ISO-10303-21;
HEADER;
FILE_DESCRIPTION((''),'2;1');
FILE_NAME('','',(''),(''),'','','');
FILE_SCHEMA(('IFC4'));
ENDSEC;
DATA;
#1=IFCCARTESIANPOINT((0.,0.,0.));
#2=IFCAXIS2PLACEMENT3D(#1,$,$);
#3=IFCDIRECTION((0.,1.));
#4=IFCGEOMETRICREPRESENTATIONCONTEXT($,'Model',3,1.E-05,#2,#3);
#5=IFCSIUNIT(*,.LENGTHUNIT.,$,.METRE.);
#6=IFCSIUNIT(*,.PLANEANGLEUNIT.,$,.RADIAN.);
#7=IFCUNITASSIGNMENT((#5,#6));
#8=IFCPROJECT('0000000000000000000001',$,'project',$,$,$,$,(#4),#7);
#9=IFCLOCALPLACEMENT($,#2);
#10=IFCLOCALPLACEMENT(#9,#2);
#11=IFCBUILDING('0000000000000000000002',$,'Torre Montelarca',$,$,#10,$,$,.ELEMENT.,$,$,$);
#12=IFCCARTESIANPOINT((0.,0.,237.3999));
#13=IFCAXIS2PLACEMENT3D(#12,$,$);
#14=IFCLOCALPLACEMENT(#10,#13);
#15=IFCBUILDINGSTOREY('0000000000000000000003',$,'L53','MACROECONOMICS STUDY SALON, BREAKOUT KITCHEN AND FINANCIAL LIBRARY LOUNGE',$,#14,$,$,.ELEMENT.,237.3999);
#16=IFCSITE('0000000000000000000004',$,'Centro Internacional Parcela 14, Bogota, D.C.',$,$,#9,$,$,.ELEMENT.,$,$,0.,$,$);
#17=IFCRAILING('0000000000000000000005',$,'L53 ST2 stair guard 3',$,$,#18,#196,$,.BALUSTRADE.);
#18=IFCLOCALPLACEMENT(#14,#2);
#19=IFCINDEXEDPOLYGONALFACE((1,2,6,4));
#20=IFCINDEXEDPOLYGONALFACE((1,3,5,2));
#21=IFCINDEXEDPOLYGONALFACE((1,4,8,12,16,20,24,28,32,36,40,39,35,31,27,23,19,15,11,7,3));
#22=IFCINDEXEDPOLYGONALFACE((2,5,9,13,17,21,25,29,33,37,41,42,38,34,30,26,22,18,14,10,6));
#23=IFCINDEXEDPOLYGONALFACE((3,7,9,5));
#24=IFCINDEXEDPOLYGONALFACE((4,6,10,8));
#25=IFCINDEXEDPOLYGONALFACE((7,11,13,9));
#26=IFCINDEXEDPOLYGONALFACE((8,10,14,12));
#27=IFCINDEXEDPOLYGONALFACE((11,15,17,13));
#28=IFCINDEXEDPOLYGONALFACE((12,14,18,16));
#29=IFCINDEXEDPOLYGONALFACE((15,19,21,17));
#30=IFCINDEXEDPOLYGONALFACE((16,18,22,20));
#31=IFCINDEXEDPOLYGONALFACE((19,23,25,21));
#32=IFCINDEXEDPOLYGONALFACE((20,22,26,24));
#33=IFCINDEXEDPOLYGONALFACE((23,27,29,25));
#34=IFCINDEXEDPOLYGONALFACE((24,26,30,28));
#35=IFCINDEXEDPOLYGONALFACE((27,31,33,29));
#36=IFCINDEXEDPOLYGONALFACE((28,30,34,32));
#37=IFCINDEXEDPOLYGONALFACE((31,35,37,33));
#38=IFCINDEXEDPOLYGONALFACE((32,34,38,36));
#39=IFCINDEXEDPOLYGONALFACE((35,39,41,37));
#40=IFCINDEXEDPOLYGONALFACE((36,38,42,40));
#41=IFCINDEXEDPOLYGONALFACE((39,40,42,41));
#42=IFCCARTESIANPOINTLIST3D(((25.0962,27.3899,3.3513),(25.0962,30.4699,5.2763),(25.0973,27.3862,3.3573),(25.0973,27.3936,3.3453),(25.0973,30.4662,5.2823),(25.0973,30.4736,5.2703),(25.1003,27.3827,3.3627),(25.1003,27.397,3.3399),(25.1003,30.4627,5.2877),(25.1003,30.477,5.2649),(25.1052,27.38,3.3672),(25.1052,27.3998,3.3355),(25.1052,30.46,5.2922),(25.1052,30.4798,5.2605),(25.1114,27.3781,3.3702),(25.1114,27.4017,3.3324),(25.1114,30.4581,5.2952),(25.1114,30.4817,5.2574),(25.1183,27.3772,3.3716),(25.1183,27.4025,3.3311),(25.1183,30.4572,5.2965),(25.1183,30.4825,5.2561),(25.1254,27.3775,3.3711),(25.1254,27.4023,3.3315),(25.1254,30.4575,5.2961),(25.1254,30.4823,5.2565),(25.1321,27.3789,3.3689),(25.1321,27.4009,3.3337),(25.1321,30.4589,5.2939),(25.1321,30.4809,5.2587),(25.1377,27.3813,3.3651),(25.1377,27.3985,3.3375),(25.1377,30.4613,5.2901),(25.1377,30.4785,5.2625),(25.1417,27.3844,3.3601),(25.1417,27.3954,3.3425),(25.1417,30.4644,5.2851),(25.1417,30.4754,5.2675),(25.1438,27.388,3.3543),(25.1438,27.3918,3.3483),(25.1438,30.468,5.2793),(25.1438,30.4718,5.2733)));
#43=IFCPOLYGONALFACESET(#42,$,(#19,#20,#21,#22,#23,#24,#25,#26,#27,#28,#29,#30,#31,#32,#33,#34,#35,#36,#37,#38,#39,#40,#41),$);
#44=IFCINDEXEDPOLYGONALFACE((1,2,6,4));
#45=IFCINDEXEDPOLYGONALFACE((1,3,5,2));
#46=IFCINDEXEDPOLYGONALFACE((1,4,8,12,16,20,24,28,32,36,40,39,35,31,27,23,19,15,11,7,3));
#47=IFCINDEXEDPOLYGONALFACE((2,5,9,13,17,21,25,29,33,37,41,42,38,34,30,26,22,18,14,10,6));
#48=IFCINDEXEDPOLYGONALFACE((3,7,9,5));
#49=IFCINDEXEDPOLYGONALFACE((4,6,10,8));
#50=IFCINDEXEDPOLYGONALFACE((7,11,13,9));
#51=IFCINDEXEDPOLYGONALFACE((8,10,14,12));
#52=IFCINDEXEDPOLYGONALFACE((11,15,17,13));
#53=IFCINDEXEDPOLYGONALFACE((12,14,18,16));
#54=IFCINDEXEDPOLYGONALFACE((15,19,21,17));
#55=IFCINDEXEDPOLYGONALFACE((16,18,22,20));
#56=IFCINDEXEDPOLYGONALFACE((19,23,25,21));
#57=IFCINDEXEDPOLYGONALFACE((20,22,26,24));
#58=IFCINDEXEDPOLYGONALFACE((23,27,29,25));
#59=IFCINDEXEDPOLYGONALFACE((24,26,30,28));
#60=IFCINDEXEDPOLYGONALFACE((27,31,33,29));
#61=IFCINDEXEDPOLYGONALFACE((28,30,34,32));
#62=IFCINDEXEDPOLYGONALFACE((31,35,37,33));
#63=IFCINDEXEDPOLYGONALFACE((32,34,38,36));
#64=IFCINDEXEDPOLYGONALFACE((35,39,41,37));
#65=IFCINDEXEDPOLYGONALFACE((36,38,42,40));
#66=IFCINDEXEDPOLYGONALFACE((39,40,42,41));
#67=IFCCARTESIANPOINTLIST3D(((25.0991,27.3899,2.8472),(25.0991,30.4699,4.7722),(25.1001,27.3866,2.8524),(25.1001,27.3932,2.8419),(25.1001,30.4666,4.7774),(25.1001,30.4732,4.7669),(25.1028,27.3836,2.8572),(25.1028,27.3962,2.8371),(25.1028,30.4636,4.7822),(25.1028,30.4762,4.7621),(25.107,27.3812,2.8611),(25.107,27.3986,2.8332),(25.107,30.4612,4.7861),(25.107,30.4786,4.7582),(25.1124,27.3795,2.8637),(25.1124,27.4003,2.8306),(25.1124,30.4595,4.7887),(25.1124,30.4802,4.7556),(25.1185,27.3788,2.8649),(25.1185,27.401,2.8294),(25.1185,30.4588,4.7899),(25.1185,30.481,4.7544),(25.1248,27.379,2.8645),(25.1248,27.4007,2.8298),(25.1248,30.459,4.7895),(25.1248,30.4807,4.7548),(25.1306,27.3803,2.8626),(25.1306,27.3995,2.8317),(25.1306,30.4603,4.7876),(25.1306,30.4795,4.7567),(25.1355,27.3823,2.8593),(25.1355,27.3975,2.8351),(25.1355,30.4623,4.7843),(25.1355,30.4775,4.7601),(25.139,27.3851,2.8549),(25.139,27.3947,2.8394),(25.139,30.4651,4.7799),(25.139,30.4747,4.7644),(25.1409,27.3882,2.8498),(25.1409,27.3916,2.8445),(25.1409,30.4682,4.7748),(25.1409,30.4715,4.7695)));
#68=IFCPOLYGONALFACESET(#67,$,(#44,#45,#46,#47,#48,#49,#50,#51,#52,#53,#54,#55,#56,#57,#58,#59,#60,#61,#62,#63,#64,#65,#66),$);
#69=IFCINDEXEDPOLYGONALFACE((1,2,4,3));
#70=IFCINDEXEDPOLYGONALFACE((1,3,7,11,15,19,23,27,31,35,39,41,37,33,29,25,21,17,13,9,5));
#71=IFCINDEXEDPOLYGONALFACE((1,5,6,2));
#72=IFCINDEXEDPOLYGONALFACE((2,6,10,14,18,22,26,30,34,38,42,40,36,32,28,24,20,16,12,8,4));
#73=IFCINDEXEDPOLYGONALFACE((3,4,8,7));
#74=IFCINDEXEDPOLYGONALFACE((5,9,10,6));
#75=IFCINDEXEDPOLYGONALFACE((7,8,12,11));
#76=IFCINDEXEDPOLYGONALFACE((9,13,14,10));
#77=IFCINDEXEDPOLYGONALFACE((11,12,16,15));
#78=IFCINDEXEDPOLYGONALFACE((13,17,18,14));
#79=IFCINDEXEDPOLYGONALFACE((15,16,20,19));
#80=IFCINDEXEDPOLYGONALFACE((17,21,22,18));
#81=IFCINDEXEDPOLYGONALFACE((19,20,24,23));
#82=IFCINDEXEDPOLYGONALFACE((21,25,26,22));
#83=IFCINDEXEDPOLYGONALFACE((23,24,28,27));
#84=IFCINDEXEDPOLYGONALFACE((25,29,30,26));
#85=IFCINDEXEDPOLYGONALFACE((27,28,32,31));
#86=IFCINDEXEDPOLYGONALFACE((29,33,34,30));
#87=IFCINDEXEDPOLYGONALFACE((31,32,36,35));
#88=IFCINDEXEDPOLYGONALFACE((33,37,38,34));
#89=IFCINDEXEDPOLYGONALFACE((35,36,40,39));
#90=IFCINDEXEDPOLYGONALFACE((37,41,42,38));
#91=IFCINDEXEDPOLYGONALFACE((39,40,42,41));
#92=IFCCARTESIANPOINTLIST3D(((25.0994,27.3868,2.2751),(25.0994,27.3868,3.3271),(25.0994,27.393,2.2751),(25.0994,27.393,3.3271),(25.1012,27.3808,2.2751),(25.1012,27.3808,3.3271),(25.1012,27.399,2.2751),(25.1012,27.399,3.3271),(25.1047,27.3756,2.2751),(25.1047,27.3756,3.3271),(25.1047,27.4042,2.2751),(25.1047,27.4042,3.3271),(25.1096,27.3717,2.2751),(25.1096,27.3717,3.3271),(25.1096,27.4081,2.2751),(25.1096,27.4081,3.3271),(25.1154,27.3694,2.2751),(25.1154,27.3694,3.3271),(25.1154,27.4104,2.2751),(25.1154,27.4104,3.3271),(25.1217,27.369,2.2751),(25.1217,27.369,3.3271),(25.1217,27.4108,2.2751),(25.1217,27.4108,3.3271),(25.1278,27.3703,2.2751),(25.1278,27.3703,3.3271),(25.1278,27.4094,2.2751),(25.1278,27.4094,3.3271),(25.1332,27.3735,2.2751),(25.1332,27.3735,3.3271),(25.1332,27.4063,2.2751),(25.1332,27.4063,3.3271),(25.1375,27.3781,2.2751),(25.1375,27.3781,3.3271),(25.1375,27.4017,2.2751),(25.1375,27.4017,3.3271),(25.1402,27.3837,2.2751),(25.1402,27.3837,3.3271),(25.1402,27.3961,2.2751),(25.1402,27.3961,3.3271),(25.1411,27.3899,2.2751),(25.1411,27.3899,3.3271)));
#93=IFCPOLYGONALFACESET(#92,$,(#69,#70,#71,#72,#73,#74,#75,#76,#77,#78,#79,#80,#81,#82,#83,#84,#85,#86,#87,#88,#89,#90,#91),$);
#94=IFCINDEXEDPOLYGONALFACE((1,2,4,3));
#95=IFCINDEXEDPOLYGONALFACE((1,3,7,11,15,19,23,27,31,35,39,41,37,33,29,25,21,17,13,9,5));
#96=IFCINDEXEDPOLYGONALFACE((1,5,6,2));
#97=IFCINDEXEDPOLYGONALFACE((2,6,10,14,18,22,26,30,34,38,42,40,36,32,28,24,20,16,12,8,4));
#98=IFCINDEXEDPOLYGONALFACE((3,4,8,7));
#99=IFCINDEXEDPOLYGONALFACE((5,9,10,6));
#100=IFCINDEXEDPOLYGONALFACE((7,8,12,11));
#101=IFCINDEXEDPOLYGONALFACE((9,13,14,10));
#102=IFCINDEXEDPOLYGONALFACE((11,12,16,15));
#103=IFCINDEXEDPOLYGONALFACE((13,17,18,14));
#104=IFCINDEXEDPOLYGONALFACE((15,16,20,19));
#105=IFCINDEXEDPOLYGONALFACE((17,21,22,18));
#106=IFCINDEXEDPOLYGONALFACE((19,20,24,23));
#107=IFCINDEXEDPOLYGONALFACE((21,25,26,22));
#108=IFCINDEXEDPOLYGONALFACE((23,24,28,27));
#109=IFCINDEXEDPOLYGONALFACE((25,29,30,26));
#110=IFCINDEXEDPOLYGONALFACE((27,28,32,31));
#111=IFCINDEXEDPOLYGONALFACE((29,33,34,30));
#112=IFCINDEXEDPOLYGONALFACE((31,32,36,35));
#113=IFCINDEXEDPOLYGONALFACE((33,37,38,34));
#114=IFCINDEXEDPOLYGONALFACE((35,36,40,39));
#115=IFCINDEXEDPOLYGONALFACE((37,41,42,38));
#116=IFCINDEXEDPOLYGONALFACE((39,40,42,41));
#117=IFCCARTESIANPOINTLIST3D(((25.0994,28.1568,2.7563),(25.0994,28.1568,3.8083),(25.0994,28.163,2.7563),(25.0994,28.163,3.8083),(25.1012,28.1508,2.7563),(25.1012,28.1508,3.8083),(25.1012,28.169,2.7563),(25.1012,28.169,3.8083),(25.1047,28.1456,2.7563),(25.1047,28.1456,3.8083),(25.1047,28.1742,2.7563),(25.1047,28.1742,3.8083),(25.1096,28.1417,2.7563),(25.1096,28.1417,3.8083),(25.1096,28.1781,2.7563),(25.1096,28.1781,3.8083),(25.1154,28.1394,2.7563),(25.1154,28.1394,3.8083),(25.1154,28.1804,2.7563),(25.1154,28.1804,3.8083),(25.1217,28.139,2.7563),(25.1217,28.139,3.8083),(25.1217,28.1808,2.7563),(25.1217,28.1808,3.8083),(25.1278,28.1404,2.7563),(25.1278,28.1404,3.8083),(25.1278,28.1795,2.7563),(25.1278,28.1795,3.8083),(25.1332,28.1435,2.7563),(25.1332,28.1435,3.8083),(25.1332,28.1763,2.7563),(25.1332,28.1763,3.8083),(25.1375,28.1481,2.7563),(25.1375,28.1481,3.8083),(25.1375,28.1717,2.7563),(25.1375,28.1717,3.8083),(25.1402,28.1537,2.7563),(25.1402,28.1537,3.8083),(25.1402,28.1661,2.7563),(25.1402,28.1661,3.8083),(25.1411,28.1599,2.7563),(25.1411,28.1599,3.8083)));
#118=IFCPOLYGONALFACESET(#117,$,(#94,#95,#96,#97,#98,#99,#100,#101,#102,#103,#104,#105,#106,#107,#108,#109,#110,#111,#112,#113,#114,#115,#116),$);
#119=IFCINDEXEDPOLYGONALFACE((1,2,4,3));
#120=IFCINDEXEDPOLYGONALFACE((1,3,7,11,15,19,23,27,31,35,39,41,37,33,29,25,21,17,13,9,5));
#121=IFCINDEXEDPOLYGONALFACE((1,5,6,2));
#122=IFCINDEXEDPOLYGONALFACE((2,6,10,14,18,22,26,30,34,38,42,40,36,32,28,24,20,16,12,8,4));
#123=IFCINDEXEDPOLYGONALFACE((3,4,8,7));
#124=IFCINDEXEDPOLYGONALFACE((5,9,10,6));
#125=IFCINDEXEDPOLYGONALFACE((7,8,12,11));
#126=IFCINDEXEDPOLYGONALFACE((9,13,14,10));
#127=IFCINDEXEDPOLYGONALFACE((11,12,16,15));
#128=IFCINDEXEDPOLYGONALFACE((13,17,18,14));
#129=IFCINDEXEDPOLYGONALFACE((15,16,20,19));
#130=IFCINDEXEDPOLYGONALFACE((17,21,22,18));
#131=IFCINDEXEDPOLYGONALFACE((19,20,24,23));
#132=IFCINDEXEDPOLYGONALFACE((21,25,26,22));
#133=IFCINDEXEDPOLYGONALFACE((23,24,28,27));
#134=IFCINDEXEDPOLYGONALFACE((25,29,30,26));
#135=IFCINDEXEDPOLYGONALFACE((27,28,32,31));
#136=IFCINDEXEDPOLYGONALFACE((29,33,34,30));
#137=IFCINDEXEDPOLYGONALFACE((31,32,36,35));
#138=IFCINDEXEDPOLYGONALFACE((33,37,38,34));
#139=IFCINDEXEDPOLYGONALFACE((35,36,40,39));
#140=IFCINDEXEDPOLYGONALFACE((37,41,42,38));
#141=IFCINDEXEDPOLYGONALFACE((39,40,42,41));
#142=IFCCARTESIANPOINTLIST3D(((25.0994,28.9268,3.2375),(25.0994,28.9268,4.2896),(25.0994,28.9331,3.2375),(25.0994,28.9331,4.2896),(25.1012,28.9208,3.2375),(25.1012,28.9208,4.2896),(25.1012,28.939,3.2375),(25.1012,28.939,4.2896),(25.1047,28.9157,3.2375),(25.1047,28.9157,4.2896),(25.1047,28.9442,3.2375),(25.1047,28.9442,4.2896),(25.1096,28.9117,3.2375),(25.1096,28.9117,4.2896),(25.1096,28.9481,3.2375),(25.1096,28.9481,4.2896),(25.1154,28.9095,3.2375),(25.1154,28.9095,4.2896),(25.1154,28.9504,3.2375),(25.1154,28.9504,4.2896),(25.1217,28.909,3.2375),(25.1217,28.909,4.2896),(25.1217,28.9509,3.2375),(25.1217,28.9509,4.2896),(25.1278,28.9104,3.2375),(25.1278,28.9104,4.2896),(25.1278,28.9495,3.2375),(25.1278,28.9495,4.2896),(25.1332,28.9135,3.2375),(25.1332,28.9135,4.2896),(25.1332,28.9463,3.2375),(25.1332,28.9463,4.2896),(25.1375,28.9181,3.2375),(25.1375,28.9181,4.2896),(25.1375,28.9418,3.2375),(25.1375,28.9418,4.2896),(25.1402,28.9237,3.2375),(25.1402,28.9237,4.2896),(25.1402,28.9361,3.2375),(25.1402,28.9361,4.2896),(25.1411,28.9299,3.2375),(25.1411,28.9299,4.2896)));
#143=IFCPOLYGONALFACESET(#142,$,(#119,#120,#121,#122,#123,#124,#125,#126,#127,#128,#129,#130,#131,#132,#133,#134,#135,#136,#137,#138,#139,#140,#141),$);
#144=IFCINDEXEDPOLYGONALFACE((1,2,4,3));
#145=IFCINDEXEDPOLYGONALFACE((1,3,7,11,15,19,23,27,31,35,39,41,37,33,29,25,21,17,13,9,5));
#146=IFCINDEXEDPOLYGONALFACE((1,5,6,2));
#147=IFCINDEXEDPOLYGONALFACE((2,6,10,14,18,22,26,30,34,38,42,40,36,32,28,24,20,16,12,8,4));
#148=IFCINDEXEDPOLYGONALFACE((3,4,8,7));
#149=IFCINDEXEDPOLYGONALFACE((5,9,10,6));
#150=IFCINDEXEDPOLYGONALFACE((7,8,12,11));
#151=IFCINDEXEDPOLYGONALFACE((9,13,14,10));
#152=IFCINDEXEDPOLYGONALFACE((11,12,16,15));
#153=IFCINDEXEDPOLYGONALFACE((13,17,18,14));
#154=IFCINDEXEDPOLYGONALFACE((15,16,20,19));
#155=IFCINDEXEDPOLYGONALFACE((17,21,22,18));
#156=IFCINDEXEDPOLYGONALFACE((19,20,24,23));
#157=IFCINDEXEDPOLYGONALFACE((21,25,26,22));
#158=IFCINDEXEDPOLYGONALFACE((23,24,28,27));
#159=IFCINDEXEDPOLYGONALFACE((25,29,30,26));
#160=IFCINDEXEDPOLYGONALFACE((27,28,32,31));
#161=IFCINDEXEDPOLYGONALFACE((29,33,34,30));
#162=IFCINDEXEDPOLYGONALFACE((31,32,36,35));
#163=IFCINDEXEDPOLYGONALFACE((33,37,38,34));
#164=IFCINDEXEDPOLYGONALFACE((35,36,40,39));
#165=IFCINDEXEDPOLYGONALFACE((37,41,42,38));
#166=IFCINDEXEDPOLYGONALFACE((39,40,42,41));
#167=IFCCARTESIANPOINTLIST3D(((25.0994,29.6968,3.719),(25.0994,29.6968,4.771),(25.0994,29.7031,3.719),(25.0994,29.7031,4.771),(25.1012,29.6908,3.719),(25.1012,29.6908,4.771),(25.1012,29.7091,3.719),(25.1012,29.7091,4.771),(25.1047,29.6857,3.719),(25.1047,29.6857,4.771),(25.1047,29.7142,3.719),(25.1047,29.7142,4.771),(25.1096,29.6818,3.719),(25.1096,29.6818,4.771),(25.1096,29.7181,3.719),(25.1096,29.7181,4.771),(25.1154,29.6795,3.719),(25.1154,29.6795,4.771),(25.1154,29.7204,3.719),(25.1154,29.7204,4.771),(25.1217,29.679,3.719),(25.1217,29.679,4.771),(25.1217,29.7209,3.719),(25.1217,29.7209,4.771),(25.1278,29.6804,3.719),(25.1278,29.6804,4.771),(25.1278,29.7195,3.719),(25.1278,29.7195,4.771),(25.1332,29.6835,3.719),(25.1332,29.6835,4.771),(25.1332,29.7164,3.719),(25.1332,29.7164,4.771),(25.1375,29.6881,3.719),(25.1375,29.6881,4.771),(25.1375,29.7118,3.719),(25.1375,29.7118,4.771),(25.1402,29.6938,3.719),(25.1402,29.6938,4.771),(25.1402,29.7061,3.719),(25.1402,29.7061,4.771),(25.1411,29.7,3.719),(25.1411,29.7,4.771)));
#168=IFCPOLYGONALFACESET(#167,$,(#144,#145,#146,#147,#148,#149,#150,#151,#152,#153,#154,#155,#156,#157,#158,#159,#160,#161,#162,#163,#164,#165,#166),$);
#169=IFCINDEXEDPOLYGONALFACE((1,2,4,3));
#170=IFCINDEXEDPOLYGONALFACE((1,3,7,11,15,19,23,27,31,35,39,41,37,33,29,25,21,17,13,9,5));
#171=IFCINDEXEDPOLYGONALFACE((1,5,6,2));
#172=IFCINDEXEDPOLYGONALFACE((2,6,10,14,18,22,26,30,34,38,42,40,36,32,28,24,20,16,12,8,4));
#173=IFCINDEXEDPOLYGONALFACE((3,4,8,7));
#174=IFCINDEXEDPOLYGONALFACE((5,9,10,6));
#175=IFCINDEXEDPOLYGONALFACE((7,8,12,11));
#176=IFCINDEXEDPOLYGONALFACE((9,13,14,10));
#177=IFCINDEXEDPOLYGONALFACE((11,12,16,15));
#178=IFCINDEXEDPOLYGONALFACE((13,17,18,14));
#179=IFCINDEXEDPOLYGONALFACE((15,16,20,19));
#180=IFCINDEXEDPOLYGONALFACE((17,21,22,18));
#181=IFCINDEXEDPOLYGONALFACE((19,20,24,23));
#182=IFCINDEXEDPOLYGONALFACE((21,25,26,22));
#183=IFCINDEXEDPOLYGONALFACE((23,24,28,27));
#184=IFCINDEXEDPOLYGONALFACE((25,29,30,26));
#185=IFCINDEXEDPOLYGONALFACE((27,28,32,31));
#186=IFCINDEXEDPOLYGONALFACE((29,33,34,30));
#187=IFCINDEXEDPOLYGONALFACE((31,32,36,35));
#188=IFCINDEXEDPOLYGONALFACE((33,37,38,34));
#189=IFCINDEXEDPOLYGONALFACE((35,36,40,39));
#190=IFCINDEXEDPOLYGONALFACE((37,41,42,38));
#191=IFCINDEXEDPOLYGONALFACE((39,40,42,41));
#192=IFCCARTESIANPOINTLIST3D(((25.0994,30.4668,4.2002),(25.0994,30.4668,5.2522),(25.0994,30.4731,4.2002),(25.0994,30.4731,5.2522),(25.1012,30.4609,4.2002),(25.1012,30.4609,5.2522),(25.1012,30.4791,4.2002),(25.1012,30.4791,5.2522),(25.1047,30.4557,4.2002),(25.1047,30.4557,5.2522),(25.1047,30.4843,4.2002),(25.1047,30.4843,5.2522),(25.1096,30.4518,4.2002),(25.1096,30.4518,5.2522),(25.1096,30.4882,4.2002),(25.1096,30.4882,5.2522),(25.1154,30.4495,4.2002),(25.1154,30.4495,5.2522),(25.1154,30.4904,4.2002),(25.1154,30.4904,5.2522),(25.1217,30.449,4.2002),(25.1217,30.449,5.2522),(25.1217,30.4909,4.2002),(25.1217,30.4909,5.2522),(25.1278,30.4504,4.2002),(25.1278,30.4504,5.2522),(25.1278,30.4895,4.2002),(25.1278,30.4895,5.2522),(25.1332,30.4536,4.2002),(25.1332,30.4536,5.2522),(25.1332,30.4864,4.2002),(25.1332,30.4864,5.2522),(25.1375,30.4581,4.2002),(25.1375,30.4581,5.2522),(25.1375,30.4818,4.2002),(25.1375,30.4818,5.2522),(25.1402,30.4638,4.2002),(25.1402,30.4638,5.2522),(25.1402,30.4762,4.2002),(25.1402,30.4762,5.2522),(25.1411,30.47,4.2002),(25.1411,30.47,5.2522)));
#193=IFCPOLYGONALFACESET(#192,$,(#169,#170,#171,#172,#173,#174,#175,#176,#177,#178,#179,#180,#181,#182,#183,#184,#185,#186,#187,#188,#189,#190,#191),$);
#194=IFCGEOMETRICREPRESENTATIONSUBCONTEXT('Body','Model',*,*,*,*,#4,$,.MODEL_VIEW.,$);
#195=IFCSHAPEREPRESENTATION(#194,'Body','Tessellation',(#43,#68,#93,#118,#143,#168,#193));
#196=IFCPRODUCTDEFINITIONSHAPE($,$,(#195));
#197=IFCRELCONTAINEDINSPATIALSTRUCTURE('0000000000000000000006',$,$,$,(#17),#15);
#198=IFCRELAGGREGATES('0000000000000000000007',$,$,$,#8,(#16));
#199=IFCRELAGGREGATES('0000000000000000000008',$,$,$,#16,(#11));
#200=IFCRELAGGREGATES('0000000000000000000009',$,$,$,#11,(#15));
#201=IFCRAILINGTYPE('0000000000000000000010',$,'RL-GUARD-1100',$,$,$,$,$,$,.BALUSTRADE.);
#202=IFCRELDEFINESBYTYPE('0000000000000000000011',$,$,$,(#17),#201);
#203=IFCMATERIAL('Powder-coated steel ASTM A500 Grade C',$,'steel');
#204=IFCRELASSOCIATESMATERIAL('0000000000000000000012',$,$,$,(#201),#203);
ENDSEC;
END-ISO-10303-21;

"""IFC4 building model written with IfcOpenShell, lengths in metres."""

from ifc_helpers import new_model, si_unit, direction, frame, origin, origin_2d, place, context, subcontext, project, spatial, circle, extrude, material, type_object, element, save


model = new_model("IFC4")

# Units and contexts
model_context = context("Model", 3, precision=1e-05, world=origin(), true_north=direction((0.0, 1.0)))
body_context = subcontext(model_context, "Body", "Model", "MODEL_VIEW")
ifc_project = project(units=[si_unit("LENGTHUNIT", "METRE"), si_unit("PLANEANGLEUNIT", "RADIAN")], contexts=[model_context])

# Site, building, storey
site_placement = place(None, origin())
site = spatial("IfcSite", under=ifc_project, at=site_placement, Name="Centro Internacional Parcela 14, Bogota, D.C.", CompositionType="ELEMENT", RefElevation=0.0)
building_placement = place(site_placement, origin())
building = spatial("IfcBuilding", under=site, at=building_placement, Name="Torre Montelarca", CompositionType="ELEMENT")
storey_placement = place(building_placement, frame((0.0, 0.0, 237.3999)))
storey = spatial("IfcBuildingStorey", under=building, at=storey_placement, Name="L53", Description="MACROECONOMICS STUDY SALON, BREAKOUT KITCHEN AND FINANCIAL LIBRARY LOUNGE", CompositionType="ELEMENT", Elevation=237.3999)

# Railing
ifc_material_1 = material(Name="Powder-coated steel ASTM A500 Grade C", Category="steel")
railing_type_1 = type_object("IfcRailingType", Name="RL-GUARD-1100", PredefinedType="BALUSTRADE", material=ifc_material_1)
railing_1_placement = place(storey_placement, frame((25.1201, 27.3899, 2.2751)))
element("IfcRailing", 1, at=railing_1_placement, inside=storey, type_object=railing_type_1, Name="L53 ST2 stair guard 3", PredefinedType="BALUSTRADE", context=body_context, shape_type="SweptSolid", body=[
    extrude(circle(Radius=0.0239, at=origin_2d()), frame((0.0, 0.0, 1.0762), z_axis=(0.0, 0.847998, 0.529999), x_axis=(-1.0, 0.0, 0.0)), (0.0, 0.0, 1.0), 3.6321),
    extrude(circle(Radius=0.021, at=origin_2d()), frame((0.0, 0.0, 0.572), z_axis=(0.0, 0.847998, 0.529999), x_axis=(-1.0, 0.0, 0.0)), (0.0, 0.0, 1.0), 3.6321),
    extrude(circle(Radius=0.021, at=origin_2d()), origin(), (0.0, 0.0, 1.0), 1.052),
    extrude(circle(Radius=0.021, at=origin_2d()), frame((0.0, 0.77, 0.4812)), (0.0, 0.0, 1.0), 1.052),
    extrude(circle(Radius=0.021, at=origin_2d()), frame((0.0, 1.54, 0.9624)), (0.0, 0.0, 1.0), 1.052),
    extrude(circle(Radius=0.021, at=origin_2d()), frame((0.0, 2.3101, 1.4438)), (0.0, 0.0, 1.0), 1.052),
    extrude(circle(Radius=0.021, at=origin_2d()), frame((0.0, 3.0801, 1.925)), (0.0, 0.0, 1.0), 1.052),
])

save(model, "model.ifc")
